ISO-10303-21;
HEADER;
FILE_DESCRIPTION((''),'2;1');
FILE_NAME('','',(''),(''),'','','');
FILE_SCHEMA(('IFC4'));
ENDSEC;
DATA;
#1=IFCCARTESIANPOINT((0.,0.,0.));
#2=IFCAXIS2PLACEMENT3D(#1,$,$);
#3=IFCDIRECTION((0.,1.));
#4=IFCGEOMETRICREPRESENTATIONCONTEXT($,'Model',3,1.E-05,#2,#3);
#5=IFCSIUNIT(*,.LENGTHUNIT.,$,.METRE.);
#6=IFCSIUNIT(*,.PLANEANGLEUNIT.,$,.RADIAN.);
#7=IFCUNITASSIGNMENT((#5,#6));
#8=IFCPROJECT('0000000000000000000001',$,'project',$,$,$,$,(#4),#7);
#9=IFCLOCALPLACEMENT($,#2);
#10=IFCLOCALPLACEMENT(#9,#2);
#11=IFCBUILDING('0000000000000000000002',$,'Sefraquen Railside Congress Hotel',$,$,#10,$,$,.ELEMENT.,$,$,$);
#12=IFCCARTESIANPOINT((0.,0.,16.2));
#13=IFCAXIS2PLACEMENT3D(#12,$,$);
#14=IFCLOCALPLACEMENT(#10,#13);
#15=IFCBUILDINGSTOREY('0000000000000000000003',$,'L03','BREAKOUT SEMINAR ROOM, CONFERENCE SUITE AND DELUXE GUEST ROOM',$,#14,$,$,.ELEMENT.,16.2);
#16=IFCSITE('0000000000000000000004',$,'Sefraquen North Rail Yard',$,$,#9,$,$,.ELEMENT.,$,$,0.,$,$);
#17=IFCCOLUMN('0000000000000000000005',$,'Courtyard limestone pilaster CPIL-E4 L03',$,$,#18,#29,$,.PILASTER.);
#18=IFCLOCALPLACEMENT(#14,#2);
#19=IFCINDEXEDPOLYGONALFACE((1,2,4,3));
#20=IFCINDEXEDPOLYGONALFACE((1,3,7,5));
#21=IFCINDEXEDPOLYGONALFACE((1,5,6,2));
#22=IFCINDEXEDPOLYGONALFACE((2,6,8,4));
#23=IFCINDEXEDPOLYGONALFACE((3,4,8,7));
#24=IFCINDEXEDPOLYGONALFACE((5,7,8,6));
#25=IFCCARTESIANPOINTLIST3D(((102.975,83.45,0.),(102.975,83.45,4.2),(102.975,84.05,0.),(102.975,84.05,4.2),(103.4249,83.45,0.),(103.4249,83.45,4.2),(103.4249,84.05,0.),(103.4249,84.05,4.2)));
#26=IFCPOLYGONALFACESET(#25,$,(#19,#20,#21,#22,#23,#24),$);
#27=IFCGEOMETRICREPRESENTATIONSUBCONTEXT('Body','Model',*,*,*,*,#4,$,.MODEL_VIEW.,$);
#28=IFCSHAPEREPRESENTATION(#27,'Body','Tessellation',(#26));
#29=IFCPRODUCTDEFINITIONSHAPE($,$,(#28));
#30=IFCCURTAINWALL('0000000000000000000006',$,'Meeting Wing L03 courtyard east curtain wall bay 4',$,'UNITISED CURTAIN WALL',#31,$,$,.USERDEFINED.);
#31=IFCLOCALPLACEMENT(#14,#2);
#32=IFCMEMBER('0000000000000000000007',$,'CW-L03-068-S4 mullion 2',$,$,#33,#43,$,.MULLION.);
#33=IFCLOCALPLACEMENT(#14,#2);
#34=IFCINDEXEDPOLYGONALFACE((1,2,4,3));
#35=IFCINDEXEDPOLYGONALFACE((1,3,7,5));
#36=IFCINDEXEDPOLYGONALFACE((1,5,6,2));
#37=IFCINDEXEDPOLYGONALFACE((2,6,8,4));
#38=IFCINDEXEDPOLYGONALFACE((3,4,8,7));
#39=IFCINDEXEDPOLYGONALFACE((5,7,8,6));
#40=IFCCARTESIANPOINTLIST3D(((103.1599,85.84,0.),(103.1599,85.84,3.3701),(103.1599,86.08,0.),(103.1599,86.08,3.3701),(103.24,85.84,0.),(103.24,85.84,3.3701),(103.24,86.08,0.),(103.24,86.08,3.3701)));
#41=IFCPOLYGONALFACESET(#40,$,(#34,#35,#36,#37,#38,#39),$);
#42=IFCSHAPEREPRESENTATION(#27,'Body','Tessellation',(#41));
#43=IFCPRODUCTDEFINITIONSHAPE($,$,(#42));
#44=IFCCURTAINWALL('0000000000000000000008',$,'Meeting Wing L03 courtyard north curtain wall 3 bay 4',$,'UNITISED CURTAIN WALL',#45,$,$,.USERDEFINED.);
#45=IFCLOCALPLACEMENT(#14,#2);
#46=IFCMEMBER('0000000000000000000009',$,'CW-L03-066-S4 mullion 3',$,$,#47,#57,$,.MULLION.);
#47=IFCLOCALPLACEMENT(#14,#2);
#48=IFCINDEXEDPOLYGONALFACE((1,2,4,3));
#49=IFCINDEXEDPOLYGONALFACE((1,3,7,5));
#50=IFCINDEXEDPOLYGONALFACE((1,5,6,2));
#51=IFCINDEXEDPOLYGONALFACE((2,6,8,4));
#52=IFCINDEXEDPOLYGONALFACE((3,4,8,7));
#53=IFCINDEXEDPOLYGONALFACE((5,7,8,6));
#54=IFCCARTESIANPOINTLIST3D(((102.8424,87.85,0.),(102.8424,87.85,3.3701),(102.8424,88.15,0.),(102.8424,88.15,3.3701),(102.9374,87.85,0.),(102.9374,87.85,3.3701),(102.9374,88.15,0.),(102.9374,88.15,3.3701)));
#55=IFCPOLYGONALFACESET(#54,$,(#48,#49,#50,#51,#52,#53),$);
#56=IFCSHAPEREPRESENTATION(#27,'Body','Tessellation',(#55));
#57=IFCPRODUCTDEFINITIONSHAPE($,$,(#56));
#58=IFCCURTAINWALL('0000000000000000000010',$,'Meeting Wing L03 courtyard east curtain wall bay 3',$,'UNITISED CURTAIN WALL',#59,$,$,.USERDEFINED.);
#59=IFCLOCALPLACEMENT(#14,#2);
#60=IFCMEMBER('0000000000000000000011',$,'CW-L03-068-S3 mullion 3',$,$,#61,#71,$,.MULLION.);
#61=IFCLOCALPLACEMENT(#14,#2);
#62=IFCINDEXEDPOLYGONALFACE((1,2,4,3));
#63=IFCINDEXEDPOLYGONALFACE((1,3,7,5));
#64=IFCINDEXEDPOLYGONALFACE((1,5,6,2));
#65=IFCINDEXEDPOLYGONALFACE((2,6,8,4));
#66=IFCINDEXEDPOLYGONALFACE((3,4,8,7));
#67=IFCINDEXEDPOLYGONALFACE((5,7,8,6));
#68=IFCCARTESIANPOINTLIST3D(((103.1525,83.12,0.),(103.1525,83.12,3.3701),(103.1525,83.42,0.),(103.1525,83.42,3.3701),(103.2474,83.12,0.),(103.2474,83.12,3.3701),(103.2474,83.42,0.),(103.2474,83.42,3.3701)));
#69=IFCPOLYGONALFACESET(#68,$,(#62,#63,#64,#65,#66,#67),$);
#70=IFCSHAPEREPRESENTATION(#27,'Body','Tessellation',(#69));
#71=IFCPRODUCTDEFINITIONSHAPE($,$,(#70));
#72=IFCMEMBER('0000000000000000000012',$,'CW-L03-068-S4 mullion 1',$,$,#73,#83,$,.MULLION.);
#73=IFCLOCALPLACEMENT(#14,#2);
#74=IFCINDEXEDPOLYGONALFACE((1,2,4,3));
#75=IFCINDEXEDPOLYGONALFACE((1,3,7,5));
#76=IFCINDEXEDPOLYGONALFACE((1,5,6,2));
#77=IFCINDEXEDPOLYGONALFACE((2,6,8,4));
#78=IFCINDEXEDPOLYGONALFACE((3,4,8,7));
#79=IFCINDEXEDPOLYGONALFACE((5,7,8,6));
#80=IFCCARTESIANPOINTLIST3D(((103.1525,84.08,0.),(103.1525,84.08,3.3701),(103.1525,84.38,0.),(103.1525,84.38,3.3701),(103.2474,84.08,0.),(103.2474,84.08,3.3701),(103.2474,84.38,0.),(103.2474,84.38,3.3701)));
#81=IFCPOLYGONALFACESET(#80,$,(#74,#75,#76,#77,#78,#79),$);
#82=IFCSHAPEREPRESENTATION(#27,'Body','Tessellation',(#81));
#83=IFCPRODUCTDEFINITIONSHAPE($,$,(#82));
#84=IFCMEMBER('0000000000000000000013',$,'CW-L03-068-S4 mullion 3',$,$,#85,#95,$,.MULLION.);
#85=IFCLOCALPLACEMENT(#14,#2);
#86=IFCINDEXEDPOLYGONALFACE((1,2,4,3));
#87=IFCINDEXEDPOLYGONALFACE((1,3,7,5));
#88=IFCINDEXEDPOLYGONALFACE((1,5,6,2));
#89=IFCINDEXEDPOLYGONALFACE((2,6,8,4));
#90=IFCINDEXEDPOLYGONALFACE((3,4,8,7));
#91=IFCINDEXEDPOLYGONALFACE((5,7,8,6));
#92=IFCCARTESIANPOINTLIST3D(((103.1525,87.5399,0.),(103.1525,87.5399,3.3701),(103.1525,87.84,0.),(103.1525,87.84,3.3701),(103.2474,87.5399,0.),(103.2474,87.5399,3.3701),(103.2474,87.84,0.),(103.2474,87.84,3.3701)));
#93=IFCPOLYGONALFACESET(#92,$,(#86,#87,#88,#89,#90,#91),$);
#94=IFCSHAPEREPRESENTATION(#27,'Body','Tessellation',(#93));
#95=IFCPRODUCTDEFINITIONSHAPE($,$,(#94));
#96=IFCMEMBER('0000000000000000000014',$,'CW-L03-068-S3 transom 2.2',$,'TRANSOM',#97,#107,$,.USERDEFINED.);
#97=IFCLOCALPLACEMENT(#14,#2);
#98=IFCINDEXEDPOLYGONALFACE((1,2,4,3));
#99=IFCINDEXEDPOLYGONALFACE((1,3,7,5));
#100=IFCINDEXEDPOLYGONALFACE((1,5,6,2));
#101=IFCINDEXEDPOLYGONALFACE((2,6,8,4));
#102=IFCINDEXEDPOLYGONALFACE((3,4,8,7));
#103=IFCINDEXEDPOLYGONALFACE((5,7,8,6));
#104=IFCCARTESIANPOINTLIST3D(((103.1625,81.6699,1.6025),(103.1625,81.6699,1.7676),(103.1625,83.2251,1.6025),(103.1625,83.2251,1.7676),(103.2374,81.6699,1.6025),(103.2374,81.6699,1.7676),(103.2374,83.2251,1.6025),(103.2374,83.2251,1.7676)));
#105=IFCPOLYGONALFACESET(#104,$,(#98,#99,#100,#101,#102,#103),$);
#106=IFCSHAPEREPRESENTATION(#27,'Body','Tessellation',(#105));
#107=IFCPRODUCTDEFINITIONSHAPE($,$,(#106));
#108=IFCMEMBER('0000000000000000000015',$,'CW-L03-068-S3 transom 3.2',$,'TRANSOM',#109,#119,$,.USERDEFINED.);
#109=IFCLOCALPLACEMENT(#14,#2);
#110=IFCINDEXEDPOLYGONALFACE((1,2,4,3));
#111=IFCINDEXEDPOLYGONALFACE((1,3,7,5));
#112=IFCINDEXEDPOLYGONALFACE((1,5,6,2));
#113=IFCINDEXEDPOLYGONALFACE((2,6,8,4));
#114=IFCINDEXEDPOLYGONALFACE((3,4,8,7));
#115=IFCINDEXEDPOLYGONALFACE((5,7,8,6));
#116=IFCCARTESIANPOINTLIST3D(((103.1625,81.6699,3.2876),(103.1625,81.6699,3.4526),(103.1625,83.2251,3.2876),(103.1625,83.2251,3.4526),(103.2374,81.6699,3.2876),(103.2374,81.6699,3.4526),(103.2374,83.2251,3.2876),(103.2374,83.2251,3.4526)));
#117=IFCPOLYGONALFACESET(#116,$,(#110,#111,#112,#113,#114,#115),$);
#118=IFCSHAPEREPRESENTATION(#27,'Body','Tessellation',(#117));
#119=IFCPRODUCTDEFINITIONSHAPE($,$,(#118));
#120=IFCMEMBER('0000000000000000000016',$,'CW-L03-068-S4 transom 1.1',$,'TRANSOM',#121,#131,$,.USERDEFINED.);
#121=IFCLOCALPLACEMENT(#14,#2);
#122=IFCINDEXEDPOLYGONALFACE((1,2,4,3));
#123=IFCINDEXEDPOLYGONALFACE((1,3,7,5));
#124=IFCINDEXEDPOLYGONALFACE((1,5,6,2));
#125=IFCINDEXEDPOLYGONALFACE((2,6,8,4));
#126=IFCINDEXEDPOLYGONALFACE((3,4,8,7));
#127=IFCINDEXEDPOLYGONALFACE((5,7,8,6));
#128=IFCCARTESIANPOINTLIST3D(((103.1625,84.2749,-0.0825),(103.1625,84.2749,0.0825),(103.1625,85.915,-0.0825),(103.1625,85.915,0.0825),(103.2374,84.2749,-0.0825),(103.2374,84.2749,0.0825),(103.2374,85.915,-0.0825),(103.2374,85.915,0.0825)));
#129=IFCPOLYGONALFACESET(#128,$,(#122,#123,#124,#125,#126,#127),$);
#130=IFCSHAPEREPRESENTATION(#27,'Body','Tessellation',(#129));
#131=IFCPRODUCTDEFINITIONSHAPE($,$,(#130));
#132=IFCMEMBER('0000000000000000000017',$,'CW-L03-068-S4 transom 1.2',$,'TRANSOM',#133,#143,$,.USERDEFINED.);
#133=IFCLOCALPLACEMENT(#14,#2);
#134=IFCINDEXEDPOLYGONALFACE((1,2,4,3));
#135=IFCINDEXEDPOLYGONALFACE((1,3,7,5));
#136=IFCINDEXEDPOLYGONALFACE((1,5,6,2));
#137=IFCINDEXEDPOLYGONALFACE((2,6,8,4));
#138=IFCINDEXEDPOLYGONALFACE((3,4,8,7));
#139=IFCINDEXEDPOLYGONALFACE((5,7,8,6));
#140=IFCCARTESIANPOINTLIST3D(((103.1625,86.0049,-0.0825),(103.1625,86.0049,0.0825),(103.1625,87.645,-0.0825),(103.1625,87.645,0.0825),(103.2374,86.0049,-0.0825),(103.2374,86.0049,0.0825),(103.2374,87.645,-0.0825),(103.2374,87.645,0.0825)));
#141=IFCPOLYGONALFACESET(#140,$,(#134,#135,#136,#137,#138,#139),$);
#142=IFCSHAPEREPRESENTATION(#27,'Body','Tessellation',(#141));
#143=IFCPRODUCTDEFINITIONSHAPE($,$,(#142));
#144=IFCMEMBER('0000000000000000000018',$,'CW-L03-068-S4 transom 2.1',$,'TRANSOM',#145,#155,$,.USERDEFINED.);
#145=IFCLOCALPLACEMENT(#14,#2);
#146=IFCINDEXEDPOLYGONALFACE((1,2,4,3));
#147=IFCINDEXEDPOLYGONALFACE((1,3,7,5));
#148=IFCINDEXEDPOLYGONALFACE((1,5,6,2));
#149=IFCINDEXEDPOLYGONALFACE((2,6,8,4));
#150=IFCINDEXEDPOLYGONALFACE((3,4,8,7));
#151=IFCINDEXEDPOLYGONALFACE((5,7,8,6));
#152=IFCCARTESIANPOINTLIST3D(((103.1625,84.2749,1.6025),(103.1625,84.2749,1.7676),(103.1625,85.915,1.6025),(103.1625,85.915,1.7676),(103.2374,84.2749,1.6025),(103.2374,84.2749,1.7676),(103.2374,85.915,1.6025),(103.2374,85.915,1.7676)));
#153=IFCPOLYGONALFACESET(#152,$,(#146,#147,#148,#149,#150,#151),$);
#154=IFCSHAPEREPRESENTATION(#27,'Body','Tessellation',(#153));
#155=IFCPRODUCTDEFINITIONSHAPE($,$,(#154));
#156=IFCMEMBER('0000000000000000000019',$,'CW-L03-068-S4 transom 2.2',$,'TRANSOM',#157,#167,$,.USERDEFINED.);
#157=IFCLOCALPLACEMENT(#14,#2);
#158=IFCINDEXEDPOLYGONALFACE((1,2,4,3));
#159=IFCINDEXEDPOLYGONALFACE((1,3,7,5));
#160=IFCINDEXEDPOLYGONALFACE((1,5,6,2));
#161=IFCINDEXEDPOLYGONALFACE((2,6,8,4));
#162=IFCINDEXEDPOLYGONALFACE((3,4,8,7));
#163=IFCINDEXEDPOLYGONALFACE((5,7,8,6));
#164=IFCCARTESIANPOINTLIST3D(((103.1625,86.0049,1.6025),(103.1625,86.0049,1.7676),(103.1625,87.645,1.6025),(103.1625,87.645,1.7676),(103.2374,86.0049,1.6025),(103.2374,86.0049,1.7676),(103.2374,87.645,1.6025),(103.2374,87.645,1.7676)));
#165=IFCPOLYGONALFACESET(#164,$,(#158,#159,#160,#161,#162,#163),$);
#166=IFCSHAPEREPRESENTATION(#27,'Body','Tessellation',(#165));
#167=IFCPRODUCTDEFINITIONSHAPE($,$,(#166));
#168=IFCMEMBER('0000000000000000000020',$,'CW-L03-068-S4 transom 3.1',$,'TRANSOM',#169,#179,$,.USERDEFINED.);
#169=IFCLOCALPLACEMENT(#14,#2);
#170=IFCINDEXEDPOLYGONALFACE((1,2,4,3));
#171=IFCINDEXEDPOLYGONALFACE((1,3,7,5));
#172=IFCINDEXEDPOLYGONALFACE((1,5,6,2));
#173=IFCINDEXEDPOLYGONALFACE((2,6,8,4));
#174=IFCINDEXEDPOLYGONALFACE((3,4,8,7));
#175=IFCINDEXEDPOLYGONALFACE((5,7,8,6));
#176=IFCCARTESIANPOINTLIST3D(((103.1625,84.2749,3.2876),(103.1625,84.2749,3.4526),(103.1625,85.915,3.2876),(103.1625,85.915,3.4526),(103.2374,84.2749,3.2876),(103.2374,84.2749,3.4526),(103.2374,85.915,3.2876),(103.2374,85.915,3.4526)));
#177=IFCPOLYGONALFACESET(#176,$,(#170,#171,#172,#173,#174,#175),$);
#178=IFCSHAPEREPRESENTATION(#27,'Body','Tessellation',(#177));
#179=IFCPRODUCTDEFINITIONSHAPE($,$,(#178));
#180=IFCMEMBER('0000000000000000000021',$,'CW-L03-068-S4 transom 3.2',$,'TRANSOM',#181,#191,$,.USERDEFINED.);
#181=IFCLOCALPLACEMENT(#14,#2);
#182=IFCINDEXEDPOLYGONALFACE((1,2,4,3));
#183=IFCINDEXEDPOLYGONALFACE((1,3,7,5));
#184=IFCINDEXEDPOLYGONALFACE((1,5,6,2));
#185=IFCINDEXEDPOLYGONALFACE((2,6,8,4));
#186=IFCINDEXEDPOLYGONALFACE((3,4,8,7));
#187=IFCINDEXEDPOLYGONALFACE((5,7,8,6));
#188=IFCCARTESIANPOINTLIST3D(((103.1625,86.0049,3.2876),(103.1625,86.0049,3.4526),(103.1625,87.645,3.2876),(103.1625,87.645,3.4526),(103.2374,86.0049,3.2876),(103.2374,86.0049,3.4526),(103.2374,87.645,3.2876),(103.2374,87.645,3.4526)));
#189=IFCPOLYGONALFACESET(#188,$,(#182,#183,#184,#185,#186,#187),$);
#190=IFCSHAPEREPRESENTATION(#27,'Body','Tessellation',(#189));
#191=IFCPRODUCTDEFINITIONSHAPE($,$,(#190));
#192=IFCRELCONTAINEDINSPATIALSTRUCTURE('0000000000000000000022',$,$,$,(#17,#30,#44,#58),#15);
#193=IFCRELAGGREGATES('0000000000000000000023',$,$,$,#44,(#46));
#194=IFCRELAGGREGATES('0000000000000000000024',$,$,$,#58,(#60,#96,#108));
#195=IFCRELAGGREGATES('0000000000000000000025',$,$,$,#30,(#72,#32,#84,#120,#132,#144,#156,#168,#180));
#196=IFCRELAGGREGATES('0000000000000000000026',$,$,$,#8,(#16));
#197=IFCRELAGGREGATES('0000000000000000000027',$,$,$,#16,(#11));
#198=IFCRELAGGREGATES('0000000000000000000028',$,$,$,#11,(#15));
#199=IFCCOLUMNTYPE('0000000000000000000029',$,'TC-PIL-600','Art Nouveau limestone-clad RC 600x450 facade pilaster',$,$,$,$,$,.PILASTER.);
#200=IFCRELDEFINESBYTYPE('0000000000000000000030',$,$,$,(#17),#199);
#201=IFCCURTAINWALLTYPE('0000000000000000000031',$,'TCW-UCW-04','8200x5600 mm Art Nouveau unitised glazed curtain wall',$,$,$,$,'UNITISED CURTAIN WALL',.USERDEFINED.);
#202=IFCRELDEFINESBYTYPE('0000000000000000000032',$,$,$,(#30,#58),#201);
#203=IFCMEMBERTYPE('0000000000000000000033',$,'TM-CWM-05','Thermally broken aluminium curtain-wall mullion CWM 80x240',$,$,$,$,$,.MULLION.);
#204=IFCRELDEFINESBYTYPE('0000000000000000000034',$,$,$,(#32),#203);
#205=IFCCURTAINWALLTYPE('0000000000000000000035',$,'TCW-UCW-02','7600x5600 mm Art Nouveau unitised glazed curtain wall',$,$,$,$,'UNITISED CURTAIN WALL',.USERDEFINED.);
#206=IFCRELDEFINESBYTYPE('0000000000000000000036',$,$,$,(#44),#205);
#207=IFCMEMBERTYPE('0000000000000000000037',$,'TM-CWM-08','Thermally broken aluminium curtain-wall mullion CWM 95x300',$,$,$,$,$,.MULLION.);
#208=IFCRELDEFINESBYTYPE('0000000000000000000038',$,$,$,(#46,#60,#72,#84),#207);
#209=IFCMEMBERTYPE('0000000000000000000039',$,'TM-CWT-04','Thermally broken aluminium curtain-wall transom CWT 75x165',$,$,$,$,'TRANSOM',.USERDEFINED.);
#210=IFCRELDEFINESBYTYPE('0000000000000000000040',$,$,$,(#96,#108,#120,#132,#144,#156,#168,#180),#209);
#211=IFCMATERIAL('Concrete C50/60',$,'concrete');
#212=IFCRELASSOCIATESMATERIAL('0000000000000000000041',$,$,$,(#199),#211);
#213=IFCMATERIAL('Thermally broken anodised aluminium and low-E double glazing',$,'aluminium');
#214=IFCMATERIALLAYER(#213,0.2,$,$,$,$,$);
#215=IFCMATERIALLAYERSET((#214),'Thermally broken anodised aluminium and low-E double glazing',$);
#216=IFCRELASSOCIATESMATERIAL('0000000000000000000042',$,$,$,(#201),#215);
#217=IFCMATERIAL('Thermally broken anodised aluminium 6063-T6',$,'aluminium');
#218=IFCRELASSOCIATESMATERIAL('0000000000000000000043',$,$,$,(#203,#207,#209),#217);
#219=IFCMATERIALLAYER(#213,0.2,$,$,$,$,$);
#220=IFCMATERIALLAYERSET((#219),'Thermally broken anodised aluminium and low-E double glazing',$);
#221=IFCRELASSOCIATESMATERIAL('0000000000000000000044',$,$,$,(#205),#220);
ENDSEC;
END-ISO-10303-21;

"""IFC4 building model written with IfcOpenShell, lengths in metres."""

from ifc_helpers import new_model, si_unit, direction, frame, origin, origin_2d, place, context, subcontext, project, spatial, rectangle, extrude, material, layer, layer_set, material_profile, profile_set, type_object, element, aggregate, save


model = new_model("IFC4")

# Units and contexts
model_context = context("Model", 3, precision=1e-05, world=origin(), true_north=direction((0.0, 1.0)))
body_context = subcontext(model_context, "Body", "Model", "MODEL_VIEW")
ifc_project = project(units=[si_unit("LENGTHUNIT", "METRE"), si_unit("PLANEANGLEUNIT", "RADIAN")], contexts=[model_context])

# Site, building, storey
site_placement = place(None, origin())
site = spatial("IfcSite", under=ifc_project, at=site_placement, Name="Sefraquen North Rail Yard", CompositionType="ELEMENT", RefElevation=0.0)
building_placement = place(site_placement, origin())
building = spatial("IfcBuilding", under=site, at=building_placement, Name="Sefraquen Railside Congress Hotel", CompositionType="ELEMENT")
storey_placement = place(building_placement, frame((0.0, 0.0, 16.2)))
storey = spatial("IfcBuildingStorey", under=building, at=storey_placement, Name="L03", Description="BREAKOUT SEMINAR ROOM, CONFERENCE SUITE AND DELUXE GUEST ROOM", CompositionType="ELEMENT", Elevation=16.2)

# Column
ifc_material_1 = material(Name="Concrete C50/60", Category="concrete")
ifc_material_profile_1 = material_profile(ifc_material_1, rectangle(XDim=0.45, YDim=0.6001, at=origin_2d()), Name="RC 600x450")
ifc_profile_set_1 = profile_set([ifc_material_profile_1], Name="Concrete C50/60")
column_type = type_object("IfcColumnType", Name="TC-PIL-600", Description="Art Nouveau limestone-clad RC 600x450 facade pilaster", PredefinedType="PILASTER", material=ifc_profile_set_1)
column_placement = place(storey_placement, frame((103.2, 83.75, 0.0), z_axis=(0.0, 0.0, 1.0), x_axis=(1.0, 0.0, 0.0)))
element("IfcColumn", 1, at=column_placement, inside=storey, type_object=column_type, Name="Courtyard limestone pilaster CPIL-E4 L03", PredefinedType="PILASTER", context=body_context, shape_type="SweptSolid", body=[
    extrude(rectangle(XDim=0.45, YDim=0.6001, at=origin_2d()), origin(), (0.0, 0.0, 1.0), 4.2),
])

# Curtain walls, members
ifc_material_2 = material(Name="Thermally broken anodised aluminium and low-E double glazing", Category="aluminium")
ifc_layer_1 = layer(ifc_material_2, 0.2)
ifc_layer_set_1 = layer_set([ifc_layer_1], Name="Thermally broken anodised aluminium and low-E double glazing")
curtain_wall_type_1 = type_object("IfcCurtainWallType", Name="TCW-UCW-04", Description="8200x5600 mm Art Nouveau unitised glazed curtain wall", ElementType="UNITISED CURTAIN WALL", PredefinedType="USERDEFINED", material=ifc_layer_set_1)
curtain_wall_1_placement = place(storey_placement, origin())
curtain_wall_1 = element("IfcCurtainWall", 2, at=curtain_wall_1_placement, inside=storey, type_object=curtain_wall_type_1, Name="Meeting Wing L03 courtyard east curtain wall bay 4", ObjectType="UNITISED CURTAIN WALL", PredefinedType="USERDEFINED")
ifc_material_3 = material(Name="Thermally broken anodised aluminium 6063-T6", Category="aluminium")
ifc_material_profile_2 = material_profile(ifc_material_3, rectangle(XDim=0.0801, YDim=0.24, at=origin_2d()), Name="CWM 80x240")
ifc_profile_set_2 = profile_set([ifc_material_profile_2], Name="Thermally broken anodised aluminium 6063-T6")
member_type_1 = type_object("IfcMemberType", Name="TM-CWM-05", Description="Thermally broken aluminium curtain-wall mullion CWM 80x240", PredefinedType="MULLION", material=ifc_profile_set_2)
member_1_placement = place(storey_placement, frame((103.2, 85.96, 0.0), z_axis=(0.0, 0.0, 1.0), x_axis=(1.0, 0.0, 0.0)))
member_1 = element("IfcMember", 3, at=member_1_placement, type_object=member_type_1, Name="CW-L03-068-S4 mullion 2", PredefinedType="MULLION", context=body_context, shape_type="SweptSolid", body=[
    extrude(rectangle(XDim=0.0801, YDim=0.24, at=origin_2d()), origin(), (0.0, 0.0, 1.0), 3.3701),
])
ifc_layer_2 = layer(ifc_material_2, 0.2)
ifc_layer_set_2 = layer_set([ifc_layer_2], Name="Thermally broken anodised aluminium and low-E double glazing")
curtain_wall_type_2 = type_object("IfcCurtainWallType", Name="TCW-UCW-02", Description="7600x5600 mm Art Nouveau unitised glazed curtain wall", ElementType="UNITISED CURTAIN WALL", PredefinedType="USERDEFINED", material=ifc_layer_set_2)
curtain_wall_2_placement = place(storey_placement, origin())
curtain_wall_2 = element("IfcCurtainWall", 4, at=curtain_wall_2_placement, inside=storey, type_object=curtain_wall_type_2, Name="Meeting Wing L03 courtyard north curtain wall 3 bay 4", ObjectType="UNITISED CURTAIN WALL", PredefinedType="USERDEFINED")
ifc_material_profile_3 = material_profile(ifc_material_3, rectangle(XDim=0.095, YDim=0.3, at=origin_2d()), Name="CWM 95x300")
ifc_profile_set_3 = profile_set([ifc_material_profile_3], Name="Thermally broken anodised aluminium 6063-T6")
member_type_2 = type_object("IfcMemberType", Name="TM-CWM-08", Description="Thermally broken aluminium curtain-wall mullion CWM 95x300", PredefinedType="MULLION", material=ifc_profile_set_3)
member_2_placement = place(storey_placement, frame((102.8899, 88.0, 0.0), z_axis=(0.0, 0.0, 1.0), x_axis=(1.0, 0.0, 0.0)))
member_2 = element("IfcMember", 5, at=member_2_placement, type_object=member_type_2, Name="CW-L03-066-S4 mullion 3", PredefinedType="MULLION", context=body_context, shape_type="SweptSolid", body=[
    extrude(rectangle(XDim=0.095, YDim=0.3, at=origin_2d()), origin(), (0.0, 0.0, 1.0), 3.3701),
])
curtain_wall_3_placement = place(storey_placement, origin())
curtain_wall_3 = element("IfcCurtainWall", 6, at=curtain_wall_3_placement, inside=storey, type_object=curtain_wall_type_1, Name="Meeting Wing L03 courtyard east curtain wall bay 3", ObjectType="UNITISED CURTAIN WALL", PredefinedType="USERDEFINED")
member_3_placement = place(storey_placement, frame((103.2, 83.27, 0.0), z_axis=(0.0, 0.0, 1.0), x_axis=(1.0, 0.0, 0.0)))
member_3 = element("IfcMember", 7, at=member_3_placement, type_object=member_type_2, Name="CW-L03-068-S3 mullion 3", PredefinedType="MULLION", context=body_context, shape_type="SweptSolid", body=[
    extrude(rectangle(XDim=0.095, YDim=0.3, at=origin_2d()), origin(), (0.0, 0.0, 1.0), 3.3701),
])

# Members
member_4_placement = place(storey_placement, frame((103.2, 84.23, 0.0), z_axis=(0.0, 0.0, 1.0), x_axis=(1.0, 0.0, 0.0)))
member_4 = element("IfcMember", 8, at=member_4_placement, type_object=member_type_2, Name="CW-L03-068-S4 mullion 1", PredefinedType="MULLION", context=body_context, shape_type="SweptSolid", body=[
    extrude(rectangle(XDim=0.095, YDim=0.3, at=origin_2d()), origin(), (0.0, 0.0, 1.0), 3.3701),
])
member_5_placement = place(storey_placement, frame((103.2, 87.6899, 0.0), z_axis=(0.0, 0.0, 1.0), x_axis=(1.0, 0.0, 0.0)))
member_5 = element("IfcMember", 9, at=member_5_placement, type_object=member_type_2, Name="CW-L03-068-S4 mullion 3", PredefinedType="MULLION", context=body_context, shape_type="SweptSolid", body=[
    extrude(rectangle(XDim=0.095, YDim=0.3, at=origin_2d()), origin(), (0.0, 0.0, 1.0), 3.3701),
])
ifc_material_profile_4 = material_profile(ifc_material_3, rectangle(XDim=0.075, YDim=0.165, at=origin_2d()), Name="CWT 75x165")
ifc_profile_set_4 = profile_set([ifc_material_profile_4], Name="Thermally broken anodised aluminium 6063-T6")
member_type_3 = type_object("IfcMemberType", Name="TM-CWT-04", Description="Thermally broken aluminium curtain-wall transom CWT 75x165", ElementType="TRANSOM", PredefinedType="USERDEFINED", material=ifc_profile_set_4)
member_6_placement = place(storey_placement, frame((103.2, 81.6699, 1.6851), z_axis=(0.0, 1.0, 0.0), x_axis=(-1.0, 0.0, 0.0)))
member_6 = element("IfcMember", 10, at=member_6_placement, type_object=member_type_3, Name="CW-L03-068-S3 transom 2.2", ObjectType="TRANSOM", PredefinedType="USERDEFINED", context=body_context, shape_type="SweptSolid", body=[
    extrude(rectangle(XDim=0.075, YDim=0.165, at=origin_2d()), origin(), (0.0, 0.0, 1.0), 1.5552),
])
member_7_placement = place(storey_placement, frame((103.2, 81.6699, 3.3701), z_axis=(0.0, 1.0, 0.0), x_axis=(-1.0, 0.0, 0.0)))
member_7 = element("IfcMember", 11, at=member_7_placement, type_object=member_type_3, Name="CW-L03-068-S3 transom 3.2", ObjectType="TRANSOM", PredefinedType="USERDEFINED", context=body_context, shape_type="SweptSolid", body=[
    extrude(rectangle(XDim=0.075, YDim=0.165, at=origin_2d()), origin(), (0.0, 0.0, 1.0), 1.5552),
])
member_8_placement = place(storey_placement, frame((103.2, 84.2749, 0.0), z_axis=(0.0, 1.0, 0.0), x_axis=(-1.0, 0.0, 0.0)))
member_8 = element("IfcMember", 12, at=member_8_placement, type_object=member_type_3, Name="CW-L03-068-S4 transom 1.1", ObjectType="TRANSOM", PredefinedType="USERDEFINED", context=body_context, shape_type="SweptSolid", body=[
    extrude(rectangle(XDim=0.075, YDim=0.165, at=origin_2d()), origin(), (0.0, 0.0, 1.0), 1.6401),
])
member_9_placement = place(storey_placement, frame((103.2, 86.0049, 0.0), z_axis=(0.0, 1.0, 0.0), x_axis=(-1.0, 0.0, 0.0)))
member_9 = element("IfcMember", 13, at=member_9_placement, type_object=member_type_3, Name="CW-L03-068-S4 transom 1.2", ObjectType="TRANSOM", PredefinedType="USERDEFINED", context=body_context, shape_type="SweptSolid", body=[
    extrude(rectangle(XDim=0.075, YDim=0.165, at=origin_2d()), origin(), (0.0, 0.0, 1.0), 1.6401),
])
member_10_placement = place(storey_placement, frame((103.2, 84.2749, 1.6851), z_axis=(0.0, 1.0, 0.0), x_axis=(-1.0, 0.0, 0.0)))
member_10 = element("IfcMember", 14, at=member_10_placement, type_object=member_type_3, Name="CW-L03-068-S4 transom 2.1", ObjectType="TRANSOM", PredefinedType="USERDEFINED", context=body_context, shape_type="SweptSolid", body=[
    extrude(rectangle(XDim=0.075, YDim=0.165, at=origin_2d()), origin(), (0.0, 0.0, 1.0), 1.6401),
])
member_11_placement = place(storey_placement, frame((103.2, 86.0049, 1.6851), z_axis=(0.0, 1.0, 0.0), x_axis=(-1.0, 0.0, 0.0)))
member_11 = element("IfcMember", 15, at=member_11_placement, type_object=member_type_3, Name="CW-L03-068-S4 transom 2.2", ObjectType="TRANSOM", PredefinedType="USERDEFINED", context=body_context, shape_type="SweptSolid", body=[
    extrude(rectangle(XDim=0.075, YDim=0.165, at=origin_2d()), origin(), (0.0, 0.0, 1.0), 1.6401),
])
member_12_placement = place(storey_placement, frame((103.2, 84.2749, 3.3701), z_axis=(0.0, 1.0, 0.0), x_axis=(-1.0, 0.0, 0.0)))
member_12 = element("IfcMember", 16, at=member_12_placement, type_object=member_type_3, Name="CW-L03-068-S4 transom 3.1", ObjectType="TRANSOM", PredefinedType="USERDEFINED", context=body_context, shape_type="SweptSolid", body=[
    extrude(rectangle(XDim=0.075, YDim=0.165, at=origin_2d()), origin(), (0.0, 0.0, 1.0), 1.6401),
])
member_13_placement = place(storey_placement, frame((103.2, 86.0049, 3.3701), z_axis=(0.0, 1.0, 0.0), x_axis=(-1.0, 0.0, 0.0)))
member_13 = element("IfcMember", 17, at=member_13_placement, type_object=member_type_3, Name="CW-L03-068-S4 transom 3.2", ObjectType="TRANSOM", PredefinedType="USERDEFINED", context=body_context, shape_type="SweptSolid", body=[
    extrude(rectangle(XDim=0.075, YDim=0.165, at=origin_2d()), origin(), (0.0, 0.0, 1.0), 1.6401),
])

aggregate(curtain_wall_2, [member_2])
aggregate(curtain_wall_3, [member_3, member_6, member_7])
aggregate(curtain_wall_1, [member_4, member_1, member_5, member_8, member_9, member_10, member_11, member_12, member_13])

save(model, "model.ifc")
